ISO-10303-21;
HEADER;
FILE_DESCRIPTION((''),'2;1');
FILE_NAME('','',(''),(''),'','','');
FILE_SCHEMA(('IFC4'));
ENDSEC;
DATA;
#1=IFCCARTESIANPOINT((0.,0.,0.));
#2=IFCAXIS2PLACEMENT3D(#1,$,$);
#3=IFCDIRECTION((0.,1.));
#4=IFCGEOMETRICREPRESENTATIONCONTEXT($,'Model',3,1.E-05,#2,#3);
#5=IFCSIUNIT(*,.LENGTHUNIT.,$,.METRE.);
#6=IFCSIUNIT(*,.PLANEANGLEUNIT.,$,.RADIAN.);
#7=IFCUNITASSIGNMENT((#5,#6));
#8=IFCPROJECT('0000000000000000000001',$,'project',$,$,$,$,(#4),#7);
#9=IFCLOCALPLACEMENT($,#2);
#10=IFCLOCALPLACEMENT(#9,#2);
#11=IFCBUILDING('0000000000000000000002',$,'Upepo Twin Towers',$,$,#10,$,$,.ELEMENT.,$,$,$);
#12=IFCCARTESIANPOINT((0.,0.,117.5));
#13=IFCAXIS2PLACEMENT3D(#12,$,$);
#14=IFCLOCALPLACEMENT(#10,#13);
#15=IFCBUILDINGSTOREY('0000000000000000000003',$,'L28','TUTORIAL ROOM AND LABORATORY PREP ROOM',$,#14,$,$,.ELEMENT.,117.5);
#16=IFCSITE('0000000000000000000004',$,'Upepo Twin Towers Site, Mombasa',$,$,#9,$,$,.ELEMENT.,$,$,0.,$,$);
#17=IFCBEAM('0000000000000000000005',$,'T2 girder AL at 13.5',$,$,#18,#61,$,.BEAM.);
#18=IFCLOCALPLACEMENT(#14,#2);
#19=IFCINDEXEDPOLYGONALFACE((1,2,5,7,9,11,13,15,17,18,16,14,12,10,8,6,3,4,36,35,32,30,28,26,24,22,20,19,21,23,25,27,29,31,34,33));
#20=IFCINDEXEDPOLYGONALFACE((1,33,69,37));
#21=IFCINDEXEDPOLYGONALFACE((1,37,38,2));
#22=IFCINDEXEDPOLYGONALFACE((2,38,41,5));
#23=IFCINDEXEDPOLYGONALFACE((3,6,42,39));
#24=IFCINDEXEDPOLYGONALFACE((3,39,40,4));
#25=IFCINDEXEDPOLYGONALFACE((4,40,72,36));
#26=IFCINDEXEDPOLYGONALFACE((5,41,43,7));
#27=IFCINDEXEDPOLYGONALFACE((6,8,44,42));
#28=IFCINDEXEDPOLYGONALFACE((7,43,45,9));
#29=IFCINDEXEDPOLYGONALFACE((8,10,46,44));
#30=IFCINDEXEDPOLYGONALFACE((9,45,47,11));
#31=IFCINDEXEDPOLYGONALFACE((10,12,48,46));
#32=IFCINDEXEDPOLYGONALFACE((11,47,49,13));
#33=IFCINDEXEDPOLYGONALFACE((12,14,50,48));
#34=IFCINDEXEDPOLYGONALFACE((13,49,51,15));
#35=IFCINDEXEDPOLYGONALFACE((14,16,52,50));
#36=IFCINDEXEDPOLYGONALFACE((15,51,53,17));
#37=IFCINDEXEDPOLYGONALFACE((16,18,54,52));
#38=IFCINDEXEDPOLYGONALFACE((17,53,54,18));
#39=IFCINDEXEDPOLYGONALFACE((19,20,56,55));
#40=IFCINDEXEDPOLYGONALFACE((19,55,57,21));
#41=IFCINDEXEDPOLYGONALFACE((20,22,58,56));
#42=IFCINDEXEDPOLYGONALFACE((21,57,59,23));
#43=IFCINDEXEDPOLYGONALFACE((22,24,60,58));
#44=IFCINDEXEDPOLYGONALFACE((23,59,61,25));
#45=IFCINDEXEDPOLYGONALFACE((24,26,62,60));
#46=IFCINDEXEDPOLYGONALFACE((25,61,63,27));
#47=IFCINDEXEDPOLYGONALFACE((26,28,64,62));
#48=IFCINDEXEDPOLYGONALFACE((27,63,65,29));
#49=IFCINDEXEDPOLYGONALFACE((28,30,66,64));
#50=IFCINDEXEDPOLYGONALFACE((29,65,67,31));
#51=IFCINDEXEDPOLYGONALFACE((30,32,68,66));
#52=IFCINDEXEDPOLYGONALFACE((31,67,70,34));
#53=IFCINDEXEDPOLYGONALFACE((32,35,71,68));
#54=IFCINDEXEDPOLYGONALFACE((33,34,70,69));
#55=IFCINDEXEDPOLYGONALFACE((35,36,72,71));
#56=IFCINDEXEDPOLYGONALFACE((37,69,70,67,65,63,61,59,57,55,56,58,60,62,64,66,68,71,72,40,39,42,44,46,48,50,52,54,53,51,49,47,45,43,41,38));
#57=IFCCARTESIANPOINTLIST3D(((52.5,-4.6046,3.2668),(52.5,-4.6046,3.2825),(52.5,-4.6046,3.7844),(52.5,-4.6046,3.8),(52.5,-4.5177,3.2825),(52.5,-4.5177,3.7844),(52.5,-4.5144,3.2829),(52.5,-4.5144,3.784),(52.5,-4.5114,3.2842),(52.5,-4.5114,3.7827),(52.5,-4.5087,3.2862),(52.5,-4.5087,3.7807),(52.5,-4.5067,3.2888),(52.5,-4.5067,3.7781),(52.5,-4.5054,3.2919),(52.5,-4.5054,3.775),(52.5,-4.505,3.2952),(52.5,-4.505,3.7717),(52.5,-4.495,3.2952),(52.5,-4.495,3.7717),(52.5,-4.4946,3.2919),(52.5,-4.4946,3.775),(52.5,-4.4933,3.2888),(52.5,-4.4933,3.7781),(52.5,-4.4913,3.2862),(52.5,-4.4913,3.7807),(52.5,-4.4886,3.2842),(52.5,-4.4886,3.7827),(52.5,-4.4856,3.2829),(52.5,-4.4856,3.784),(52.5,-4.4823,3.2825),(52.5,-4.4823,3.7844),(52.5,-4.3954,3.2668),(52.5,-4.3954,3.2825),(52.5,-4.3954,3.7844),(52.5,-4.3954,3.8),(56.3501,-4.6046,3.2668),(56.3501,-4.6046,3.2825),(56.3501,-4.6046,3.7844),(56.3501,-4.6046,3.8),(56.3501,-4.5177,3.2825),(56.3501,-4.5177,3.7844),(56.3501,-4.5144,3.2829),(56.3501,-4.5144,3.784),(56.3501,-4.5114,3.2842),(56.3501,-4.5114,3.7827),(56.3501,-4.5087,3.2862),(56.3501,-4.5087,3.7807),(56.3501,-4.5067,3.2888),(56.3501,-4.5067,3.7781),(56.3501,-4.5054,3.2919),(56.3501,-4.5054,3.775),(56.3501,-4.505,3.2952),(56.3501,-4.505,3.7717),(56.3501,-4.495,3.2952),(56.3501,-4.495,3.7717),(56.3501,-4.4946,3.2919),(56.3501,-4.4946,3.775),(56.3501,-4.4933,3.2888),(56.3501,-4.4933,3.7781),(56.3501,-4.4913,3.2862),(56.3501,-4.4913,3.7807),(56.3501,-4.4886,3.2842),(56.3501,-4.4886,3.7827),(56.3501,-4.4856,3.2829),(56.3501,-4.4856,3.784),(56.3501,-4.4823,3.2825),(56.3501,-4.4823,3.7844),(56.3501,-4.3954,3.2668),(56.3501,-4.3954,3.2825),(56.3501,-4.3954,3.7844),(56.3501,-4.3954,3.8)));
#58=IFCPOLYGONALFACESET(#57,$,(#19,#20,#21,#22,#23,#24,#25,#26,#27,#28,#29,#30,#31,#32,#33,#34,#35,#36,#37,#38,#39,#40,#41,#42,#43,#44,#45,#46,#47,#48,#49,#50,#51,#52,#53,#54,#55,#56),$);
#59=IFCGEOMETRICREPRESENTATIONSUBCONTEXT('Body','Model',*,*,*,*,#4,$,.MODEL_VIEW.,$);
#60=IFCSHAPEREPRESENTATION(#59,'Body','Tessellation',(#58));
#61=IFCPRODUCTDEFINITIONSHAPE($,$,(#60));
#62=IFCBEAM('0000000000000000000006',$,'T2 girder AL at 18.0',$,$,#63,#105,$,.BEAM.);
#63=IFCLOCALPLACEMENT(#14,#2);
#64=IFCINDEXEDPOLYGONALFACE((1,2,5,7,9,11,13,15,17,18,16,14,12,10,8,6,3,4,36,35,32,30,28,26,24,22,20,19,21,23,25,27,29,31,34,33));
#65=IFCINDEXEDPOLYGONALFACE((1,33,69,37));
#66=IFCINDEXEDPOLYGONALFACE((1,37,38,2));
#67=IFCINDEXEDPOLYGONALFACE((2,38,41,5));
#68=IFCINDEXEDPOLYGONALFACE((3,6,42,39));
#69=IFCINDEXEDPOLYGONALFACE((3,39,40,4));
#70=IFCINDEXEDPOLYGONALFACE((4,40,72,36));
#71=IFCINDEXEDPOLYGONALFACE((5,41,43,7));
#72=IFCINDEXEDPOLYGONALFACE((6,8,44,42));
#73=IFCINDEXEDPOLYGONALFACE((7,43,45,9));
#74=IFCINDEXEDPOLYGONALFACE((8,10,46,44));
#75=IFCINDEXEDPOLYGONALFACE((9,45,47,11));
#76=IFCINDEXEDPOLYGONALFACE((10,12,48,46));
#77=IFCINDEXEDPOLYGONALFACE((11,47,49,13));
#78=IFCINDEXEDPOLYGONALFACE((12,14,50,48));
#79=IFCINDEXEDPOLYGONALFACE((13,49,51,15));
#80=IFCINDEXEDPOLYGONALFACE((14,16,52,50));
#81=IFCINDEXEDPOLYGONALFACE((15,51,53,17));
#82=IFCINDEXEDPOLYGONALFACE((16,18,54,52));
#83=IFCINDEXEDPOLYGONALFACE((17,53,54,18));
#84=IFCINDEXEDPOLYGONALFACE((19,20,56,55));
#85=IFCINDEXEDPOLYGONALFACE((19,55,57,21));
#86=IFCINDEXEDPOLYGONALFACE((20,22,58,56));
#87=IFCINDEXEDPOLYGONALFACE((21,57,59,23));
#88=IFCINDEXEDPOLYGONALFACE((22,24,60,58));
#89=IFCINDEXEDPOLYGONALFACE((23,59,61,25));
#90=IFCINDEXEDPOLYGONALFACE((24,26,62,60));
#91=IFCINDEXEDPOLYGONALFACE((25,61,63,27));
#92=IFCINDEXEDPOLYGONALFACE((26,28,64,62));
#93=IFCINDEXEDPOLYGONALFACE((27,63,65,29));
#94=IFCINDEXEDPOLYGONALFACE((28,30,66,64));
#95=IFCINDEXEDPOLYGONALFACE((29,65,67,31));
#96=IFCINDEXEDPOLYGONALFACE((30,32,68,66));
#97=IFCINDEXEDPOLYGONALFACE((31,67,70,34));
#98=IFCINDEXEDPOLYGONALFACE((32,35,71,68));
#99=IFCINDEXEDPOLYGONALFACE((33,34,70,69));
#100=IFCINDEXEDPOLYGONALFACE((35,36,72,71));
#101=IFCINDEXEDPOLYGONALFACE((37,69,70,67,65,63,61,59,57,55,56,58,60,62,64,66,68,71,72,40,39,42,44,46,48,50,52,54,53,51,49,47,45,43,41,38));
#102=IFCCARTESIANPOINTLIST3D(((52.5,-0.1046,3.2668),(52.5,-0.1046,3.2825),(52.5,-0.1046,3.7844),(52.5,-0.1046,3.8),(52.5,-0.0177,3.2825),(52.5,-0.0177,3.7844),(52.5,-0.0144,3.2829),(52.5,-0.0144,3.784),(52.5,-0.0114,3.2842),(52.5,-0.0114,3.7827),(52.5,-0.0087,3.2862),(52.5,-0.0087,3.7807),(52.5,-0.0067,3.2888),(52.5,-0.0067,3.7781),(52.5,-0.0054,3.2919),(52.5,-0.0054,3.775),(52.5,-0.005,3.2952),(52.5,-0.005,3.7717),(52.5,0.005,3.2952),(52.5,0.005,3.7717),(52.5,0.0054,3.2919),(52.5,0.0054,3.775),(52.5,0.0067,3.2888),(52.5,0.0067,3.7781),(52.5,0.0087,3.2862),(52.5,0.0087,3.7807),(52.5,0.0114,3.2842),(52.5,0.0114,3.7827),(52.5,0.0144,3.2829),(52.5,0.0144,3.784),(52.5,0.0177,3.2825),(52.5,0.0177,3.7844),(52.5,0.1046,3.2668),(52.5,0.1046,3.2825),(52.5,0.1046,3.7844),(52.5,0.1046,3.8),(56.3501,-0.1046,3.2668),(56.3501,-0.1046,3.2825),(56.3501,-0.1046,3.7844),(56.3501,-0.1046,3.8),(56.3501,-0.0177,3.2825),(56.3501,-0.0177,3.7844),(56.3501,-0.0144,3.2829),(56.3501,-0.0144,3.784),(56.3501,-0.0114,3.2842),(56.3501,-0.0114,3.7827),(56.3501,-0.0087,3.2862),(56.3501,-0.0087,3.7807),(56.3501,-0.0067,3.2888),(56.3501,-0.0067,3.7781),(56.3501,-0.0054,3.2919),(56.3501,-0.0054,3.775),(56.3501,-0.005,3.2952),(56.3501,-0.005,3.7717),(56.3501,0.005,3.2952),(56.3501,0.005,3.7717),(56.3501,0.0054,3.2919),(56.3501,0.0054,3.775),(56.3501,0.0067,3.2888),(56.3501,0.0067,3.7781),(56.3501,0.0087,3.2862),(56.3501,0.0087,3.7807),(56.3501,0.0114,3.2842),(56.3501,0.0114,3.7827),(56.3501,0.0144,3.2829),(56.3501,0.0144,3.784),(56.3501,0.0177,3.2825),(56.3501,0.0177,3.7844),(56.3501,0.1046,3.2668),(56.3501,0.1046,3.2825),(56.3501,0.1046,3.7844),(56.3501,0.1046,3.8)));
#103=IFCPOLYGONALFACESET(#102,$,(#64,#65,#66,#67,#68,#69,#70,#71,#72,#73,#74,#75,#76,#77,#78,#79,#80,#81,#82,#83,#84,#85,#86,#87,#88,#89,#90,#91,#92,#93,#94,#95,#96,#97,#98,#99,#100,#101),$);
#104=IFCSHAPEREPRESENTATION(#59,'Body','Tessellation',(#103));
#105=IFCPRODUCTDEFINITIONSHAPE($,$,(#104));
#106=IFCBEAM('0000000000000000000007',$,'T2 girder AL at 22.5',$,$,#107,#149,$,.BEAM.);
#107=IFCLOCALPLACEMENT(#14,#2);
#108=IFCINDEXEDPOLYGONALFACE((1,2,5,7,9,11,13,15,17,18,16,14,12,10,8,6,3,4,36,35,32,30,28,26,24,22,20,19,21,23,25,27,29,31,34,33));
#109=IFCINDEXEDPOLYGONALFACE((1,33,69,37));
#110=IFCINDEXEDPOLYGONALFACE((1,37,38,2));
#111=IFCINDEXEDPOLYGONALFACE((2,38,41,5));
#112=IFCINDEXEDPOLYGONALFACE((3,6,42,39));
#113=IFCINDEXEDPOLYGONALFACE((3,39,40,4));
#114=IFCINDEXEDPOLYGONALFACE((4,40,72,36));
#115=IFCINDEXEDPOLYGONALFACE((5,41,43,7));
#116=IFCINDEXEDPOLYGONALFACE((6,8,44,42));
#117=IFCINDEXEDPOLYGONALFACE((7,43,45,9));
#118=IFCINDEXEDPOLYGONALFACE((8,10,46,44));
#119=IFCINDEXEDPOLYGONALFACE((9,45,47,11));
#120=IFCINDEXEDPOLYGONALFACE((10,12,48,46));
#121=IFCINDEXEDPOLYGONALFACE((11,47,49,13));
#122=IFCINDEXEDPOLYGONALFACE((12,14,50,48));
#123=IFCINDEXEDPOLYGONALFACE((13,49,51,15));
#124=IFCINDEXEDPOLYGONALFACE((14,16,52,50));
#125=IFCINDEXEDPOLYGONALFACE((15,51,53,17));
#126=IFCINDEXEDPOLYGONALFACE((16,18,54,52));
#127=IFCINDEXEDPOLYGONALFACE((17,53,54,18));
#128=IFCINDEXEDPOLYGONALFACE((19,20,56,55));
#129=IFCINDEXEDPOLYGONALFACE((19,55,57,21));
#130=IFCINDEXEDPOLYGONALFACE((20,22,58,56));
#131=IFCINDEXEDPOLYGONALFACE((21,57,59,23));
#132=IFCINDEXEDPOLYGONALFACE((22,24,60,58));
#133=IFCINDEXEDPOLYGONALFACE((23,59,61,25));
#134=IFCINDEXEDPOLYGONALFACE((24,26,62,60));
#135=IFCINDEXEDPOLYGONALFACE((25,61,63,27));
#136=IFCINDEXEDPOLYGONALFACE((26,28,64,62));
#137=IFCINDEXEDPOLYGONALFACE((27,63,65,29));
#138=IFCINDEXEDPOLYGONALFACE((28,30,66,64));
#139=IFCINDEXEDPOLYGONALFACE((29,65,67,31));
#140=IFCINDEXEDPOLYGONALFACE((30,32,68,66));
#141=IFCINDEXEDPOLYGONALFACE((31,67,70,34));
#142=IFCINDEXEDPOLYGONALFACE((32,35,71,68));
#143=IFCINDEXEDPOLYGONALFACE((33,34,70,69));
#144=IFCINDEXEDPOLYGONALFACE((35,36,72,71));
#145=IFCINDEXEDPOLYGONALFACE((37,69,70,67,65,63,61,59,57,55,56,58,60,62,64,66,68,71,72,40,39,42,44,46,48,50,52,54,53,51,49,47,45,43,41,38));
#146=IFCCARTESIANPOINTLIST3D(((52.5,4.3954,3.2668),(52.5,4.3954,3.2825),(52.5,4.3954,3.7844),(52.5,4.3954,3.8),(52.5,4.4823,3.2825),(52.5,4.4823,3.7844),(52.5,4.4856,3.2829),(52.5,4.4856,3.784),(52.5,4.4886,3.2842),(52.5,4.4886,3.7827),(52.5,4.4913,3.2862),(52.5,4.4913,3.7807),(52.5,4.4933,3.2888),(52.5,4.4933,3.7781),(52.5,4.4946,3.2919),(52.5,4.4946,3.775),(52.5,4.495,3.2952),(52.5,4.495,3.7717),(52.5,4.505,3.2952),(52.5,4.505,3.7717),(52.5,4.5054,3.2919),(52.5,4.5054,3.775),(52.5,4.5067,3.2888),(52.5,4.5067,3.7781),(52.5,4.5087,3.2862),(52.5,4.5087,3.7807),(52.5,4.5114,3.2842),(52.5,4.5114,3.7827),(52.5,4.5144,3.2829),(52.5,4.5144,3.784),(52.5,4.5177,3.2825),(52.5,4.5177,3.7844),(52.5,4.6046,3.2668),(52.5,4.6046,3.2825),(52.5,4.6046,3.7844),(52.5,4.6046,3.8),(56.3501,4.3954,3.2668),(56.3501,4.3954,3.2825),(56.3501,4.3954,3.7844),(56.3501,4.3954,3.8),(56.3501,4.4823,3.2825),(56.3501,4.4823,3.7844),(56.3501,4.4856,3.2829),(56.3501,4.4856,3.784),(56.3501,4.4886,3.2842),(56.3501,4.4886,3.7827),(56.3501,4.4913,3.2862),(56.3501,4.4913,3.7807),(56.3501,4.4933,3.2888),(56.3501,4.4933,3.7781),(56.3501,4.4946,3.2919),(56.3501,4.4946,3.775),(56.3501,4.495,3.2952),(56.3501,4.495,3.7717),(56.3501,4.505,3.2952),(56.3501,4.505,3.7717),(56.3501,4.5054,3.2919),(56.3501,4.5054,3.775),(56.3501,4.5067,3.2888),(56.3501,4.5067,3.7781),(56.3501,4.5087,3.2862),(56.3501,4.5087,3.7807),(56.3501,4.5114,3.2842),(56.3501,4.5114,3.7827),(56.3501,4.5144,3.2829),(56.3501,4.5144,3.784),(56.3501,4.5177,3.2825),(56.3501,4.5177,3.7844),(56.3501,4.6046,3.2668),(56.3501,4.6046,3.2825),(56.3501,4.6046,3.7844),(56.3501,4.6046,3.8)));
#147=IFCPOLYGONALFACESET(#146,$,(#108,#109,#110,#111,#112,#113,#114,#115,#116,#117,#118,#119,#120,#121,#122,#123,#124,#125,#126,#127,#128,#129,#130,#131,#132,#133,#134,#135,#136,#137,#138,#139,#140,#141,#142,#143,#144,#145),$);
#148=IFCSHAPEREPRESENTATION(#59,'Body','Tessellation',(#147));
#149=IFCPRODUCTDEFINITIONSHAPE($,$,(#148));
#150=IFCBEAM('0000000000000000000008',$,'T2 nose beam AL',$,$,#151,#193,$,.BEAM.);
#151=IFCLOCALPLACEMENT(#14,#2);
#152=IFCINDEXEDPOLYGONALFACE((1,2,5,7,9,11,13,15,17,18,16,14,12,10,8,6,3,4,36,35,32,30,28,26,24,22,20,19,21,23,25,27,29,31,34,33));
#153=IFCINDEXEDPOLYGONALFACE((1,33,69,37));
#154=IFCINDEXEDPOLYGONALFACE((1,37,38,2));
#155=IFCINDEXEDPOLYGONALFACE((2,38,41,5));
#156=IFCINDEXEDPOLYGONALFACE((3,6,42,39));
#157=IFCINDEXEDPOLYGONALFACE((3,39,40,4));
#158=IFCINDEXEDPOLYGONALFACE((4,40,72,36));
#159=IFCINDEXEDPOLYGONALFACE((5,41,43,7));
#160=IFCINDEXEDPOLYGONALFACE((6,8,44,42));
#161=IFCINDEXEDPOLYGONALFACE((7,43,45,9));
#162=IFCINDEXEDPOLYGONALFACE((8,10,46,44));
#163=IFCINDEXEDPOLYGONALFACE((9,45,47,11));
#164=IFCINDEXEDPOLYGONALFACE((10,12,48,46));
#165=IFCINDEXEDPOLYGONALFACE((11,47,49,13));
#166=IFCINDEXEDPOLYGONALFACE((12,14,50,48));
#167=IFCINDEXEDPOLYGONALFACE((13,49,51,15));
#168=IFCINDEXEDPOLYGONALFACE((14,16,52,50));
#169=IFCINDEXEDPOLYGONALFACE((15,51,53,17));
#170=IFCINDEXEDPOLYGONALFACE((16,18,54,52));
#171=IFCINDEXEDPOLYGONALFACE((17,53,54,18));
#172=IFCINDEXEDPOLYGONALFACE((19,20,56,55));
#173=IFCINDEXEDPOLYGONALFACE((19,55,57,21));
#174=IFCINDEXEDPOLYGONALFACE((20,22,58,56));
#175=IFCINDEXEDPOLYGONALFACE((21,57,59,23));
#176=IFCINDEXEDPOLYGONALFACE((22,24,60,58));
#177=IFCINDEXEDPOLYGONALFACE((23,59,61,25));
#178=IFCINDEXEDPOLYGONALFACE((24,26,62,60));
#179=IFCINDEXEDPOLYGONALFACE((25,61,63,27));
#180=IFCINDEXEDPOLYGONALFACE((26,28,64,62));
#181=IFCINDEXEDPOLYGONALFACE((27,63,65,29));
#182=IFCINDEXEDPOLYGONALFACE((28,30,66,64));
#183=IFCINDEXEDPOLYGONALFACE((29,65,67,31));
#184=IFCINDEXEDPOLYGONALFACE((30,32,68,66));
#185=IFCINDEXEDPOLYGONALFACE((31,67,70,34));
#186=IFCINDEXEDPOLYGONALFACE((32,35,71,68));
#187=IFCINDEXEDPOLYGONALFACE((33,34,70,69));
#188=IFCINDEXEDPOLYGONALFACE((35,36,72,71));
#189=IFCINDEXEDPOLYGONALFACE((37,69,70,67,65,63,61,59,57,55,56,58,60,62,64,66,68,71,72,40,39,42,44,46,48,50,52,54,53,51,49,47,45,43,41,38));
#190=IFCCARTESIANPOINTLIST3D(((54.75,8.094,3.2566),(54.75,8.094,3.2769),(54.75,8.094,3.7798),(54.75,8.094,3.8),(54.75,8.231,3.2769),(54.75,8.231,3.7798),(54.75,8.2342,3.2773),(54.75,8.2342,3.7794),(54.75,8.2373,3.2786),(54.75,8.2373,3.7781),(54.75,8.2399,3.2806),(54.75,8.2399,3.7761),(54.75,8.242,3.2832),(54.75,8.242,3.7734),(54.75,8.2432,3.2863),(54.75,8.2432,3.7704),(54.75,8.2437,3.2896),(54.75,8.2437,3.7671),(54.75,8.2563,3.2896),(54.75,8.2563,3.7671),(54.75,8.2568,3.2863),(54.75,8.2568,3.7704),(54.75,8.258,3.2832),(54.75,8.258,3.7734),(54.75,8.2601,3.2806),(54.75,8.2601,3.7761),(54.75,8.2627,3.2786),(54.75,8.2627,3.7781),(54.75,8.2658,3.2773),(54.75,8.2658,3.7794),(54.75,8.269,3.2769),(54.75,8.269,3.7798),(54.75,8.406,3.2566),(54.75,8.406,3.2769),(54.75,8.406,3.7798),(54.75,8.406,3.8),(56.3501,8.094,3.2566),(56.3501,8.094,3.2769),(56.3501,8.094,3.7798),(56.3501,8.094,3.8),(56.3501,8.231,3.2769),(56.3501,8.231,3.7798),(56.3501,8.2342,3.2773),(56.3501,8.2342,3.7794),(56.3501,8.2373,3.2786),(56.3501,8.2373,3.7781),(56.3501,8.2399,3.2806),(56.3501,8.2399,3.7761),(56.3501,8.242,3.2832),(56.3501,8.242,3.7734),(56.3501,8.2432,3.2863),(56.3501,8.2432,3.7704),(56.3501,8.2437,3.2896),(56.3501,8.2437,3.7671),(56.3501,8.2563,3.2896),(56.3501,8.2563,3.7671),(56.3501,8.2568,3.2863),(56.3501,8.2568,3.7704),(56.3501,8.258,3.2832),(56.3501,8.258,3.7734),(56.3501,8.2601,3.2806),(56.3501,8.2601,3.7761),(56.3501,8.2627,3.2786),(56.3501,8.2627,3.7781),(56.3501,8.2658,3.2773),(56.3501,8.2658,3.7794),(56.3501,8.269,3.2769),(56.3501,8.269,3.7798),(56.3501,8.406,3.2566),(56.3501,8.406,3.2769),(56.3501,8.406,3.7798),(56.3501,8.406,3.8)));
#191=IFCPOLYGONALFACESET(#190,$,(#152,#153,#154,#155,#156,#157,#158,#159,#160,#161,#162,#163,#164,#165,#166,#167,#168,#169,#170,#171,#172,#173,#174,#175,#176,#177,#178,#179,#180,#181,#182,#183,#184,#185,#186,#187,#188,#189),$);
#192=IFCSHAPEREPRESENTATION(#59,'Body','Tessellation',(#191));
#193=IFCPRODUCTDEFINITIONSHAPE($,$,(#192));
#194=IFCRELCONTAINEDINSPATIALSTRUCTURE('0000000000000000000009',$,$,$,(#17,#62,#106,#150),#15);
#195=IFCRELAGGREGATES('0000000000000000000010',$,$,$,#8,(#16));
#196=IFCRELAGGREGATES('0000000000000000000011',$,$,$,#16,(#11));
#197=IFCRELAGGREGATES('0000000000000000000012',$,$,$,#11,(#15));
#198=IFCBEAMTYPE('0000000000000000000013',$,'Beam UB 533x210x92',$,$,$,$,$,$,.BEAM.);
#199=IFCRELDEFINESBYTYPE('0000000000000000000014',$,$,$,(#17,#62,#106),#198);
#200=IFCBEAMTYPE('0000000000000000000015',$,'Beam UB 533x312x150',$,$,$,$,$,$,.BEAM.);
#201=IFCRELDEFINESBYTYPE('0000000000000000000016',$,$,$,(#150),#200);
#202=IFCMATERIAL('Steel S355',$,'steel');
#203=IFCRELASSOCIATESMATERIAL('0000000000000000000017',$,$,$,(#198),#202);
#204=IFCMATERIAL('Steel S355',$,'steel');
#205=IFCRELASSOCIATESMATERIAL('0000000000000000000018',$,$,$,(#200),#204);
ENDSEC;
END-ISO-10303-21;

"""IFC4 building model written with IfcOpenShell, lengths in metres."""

from ifc_helpers import new_model, si_unit, direction, frame, origin, origin_2d, place, context, subcontext, project, spatial, i_section, extrude, material, material_profile, profile_set, type_object, element, save


model = new_model("IFC4")

# Units and contexts
model_context = context("Model", 3, precision=1e-05, world=origin(), true_north=direction((0.0, 1.0)))
body_context = subcontext(model_context, "Body", "Model", "MODEL_VIEW")
ifc_project = project(units=[si_unit("LENGTHUNIT", "METRE"), si_unit("PLANEANGLEUNIT", "RADIAN")], contexts=[model_context])

# Site, building, storey
site_placement = place(None, origin())
site = spatial("IfcSite", under=ifc_project, at=site_placement, Name="Upepo Twin Towers Site, Mombasa", CompositionType="ELEMENT", RefElevation=0.0)
building_placement = place(site_placement, origin())
building = spatial("IfcBuilding", under=site, at=building_placement, Name="Upepo Twin Towers", CompositionType="ELEMENT")
storey_placement = place(building_placement, frame((0.0, 0.0, 117.5)))
storey = spatial("IfcBuildingStorey", under=building, at=storey_placement, Name="L28", Description="TUTORIAL ROOM AND LABORATORY PREP ROOM", CompositionType="ELEMENT", Elevation=117.5)

# Beams
ifc_material_1 = material(Name="Steel S355", Category="steel")
ifc_material_profile_1 = material_profile(ifc_material_1, i_section(OverallWidth=0.2092, OverallDepth=0.5332, WebThickness=0.01, FlangeThickness=0.0156, FilletRadius=0.0127, at=origin_2d()), Name="UB 533x210x92")
ifc_profile_set_1 = profile_set([ifc_material_profile_1], Name="Steel S355")
beam_type_1 = type_object("IfcBeamType", Name="Beam UB 533x210x92", PredefinedType="BEAM", material=ifc_profile_set_1)
for number, where, z_axis, x_axis, name in (
    (1, (52.5, -4.5, 3.5334), (1.0, 0.0, 0.0), (0.0, 1.0, 0.0), "T2 girder AL at 13.5"),
    (2, (52.5, 0.0, 3.5334), (1.0, 0.0, 0.0), (0.0, 1.0, 0.0), "T2 girder AL at 18.0"),
    (3, (52.5, 4.5, 3.5334), (1.0, 0.0, 0.0), (0.0, 1.0, 0.0), "T2 girder AL at 22.5"),
):
    element("IfcBeam", number, at=place(storey_placement, frame(where, z_axis=z_axis, x_axis=x_axis)), inside=storey, type_object=beam_type_1, Name=name, PredefinedType="BEAM", context=body_context, shape_type="SweptSolid", body=[
        extrude(i_section(OverallWidth=0.2092, OverallDepth=0.5332, WebThickness=0.01, FlangeThickness=0.0156, FilletRadius=0.0127, at=origin_2d()), origin(), (0.0, 0.0, 1.0), 3.8501),
    ])
ifc_material_2 = material(Name="Steel S355", Category="steel")
ifc_material_profile_2 = material_profile(ifc_material_2, i_section(OverallWidth=0.312, OverallDepth=0.5435, WebThickness=0.0127, FlangeThickness=0.0203, FilletRadius=0.0127, at=origin_2d()), Name="UB 533x312x150")
ifc_profile_set_2 = profile_set([ifc_material_profile_2], Name="Steel S355")
beam_type_2 = type_object("IfcBeamType", Name="Beam UB 533x312x150", PredefinedType="BEAM", material=ifc_profile_set_2)
beam_1_placement = place(storey_placement, frame((54.75, 8.25, 3.5283), z_axis=(1.0, 0.0, 0.0), x_axis=(0.0, 1.0, 0.0)))
element("IfcBeam", 4, at=beam_1_placement, inside=storey, type_object=beam_type_2, Name="T2 nose beam AL", PredefinedType="BEAM", context=body_context, shape_type="SweptSolid", body=[
    extrude(i_section(OverallWidth=0.312, OverallDepth=0.5435, WebThickness=0.0127, FlangeThickness=0.0203, FilletRadius=0.0127, at=origin_2d()), origin(), (0.0, 0.0, 1.0), 1.6001),
])

save(model, "model.ifc")
